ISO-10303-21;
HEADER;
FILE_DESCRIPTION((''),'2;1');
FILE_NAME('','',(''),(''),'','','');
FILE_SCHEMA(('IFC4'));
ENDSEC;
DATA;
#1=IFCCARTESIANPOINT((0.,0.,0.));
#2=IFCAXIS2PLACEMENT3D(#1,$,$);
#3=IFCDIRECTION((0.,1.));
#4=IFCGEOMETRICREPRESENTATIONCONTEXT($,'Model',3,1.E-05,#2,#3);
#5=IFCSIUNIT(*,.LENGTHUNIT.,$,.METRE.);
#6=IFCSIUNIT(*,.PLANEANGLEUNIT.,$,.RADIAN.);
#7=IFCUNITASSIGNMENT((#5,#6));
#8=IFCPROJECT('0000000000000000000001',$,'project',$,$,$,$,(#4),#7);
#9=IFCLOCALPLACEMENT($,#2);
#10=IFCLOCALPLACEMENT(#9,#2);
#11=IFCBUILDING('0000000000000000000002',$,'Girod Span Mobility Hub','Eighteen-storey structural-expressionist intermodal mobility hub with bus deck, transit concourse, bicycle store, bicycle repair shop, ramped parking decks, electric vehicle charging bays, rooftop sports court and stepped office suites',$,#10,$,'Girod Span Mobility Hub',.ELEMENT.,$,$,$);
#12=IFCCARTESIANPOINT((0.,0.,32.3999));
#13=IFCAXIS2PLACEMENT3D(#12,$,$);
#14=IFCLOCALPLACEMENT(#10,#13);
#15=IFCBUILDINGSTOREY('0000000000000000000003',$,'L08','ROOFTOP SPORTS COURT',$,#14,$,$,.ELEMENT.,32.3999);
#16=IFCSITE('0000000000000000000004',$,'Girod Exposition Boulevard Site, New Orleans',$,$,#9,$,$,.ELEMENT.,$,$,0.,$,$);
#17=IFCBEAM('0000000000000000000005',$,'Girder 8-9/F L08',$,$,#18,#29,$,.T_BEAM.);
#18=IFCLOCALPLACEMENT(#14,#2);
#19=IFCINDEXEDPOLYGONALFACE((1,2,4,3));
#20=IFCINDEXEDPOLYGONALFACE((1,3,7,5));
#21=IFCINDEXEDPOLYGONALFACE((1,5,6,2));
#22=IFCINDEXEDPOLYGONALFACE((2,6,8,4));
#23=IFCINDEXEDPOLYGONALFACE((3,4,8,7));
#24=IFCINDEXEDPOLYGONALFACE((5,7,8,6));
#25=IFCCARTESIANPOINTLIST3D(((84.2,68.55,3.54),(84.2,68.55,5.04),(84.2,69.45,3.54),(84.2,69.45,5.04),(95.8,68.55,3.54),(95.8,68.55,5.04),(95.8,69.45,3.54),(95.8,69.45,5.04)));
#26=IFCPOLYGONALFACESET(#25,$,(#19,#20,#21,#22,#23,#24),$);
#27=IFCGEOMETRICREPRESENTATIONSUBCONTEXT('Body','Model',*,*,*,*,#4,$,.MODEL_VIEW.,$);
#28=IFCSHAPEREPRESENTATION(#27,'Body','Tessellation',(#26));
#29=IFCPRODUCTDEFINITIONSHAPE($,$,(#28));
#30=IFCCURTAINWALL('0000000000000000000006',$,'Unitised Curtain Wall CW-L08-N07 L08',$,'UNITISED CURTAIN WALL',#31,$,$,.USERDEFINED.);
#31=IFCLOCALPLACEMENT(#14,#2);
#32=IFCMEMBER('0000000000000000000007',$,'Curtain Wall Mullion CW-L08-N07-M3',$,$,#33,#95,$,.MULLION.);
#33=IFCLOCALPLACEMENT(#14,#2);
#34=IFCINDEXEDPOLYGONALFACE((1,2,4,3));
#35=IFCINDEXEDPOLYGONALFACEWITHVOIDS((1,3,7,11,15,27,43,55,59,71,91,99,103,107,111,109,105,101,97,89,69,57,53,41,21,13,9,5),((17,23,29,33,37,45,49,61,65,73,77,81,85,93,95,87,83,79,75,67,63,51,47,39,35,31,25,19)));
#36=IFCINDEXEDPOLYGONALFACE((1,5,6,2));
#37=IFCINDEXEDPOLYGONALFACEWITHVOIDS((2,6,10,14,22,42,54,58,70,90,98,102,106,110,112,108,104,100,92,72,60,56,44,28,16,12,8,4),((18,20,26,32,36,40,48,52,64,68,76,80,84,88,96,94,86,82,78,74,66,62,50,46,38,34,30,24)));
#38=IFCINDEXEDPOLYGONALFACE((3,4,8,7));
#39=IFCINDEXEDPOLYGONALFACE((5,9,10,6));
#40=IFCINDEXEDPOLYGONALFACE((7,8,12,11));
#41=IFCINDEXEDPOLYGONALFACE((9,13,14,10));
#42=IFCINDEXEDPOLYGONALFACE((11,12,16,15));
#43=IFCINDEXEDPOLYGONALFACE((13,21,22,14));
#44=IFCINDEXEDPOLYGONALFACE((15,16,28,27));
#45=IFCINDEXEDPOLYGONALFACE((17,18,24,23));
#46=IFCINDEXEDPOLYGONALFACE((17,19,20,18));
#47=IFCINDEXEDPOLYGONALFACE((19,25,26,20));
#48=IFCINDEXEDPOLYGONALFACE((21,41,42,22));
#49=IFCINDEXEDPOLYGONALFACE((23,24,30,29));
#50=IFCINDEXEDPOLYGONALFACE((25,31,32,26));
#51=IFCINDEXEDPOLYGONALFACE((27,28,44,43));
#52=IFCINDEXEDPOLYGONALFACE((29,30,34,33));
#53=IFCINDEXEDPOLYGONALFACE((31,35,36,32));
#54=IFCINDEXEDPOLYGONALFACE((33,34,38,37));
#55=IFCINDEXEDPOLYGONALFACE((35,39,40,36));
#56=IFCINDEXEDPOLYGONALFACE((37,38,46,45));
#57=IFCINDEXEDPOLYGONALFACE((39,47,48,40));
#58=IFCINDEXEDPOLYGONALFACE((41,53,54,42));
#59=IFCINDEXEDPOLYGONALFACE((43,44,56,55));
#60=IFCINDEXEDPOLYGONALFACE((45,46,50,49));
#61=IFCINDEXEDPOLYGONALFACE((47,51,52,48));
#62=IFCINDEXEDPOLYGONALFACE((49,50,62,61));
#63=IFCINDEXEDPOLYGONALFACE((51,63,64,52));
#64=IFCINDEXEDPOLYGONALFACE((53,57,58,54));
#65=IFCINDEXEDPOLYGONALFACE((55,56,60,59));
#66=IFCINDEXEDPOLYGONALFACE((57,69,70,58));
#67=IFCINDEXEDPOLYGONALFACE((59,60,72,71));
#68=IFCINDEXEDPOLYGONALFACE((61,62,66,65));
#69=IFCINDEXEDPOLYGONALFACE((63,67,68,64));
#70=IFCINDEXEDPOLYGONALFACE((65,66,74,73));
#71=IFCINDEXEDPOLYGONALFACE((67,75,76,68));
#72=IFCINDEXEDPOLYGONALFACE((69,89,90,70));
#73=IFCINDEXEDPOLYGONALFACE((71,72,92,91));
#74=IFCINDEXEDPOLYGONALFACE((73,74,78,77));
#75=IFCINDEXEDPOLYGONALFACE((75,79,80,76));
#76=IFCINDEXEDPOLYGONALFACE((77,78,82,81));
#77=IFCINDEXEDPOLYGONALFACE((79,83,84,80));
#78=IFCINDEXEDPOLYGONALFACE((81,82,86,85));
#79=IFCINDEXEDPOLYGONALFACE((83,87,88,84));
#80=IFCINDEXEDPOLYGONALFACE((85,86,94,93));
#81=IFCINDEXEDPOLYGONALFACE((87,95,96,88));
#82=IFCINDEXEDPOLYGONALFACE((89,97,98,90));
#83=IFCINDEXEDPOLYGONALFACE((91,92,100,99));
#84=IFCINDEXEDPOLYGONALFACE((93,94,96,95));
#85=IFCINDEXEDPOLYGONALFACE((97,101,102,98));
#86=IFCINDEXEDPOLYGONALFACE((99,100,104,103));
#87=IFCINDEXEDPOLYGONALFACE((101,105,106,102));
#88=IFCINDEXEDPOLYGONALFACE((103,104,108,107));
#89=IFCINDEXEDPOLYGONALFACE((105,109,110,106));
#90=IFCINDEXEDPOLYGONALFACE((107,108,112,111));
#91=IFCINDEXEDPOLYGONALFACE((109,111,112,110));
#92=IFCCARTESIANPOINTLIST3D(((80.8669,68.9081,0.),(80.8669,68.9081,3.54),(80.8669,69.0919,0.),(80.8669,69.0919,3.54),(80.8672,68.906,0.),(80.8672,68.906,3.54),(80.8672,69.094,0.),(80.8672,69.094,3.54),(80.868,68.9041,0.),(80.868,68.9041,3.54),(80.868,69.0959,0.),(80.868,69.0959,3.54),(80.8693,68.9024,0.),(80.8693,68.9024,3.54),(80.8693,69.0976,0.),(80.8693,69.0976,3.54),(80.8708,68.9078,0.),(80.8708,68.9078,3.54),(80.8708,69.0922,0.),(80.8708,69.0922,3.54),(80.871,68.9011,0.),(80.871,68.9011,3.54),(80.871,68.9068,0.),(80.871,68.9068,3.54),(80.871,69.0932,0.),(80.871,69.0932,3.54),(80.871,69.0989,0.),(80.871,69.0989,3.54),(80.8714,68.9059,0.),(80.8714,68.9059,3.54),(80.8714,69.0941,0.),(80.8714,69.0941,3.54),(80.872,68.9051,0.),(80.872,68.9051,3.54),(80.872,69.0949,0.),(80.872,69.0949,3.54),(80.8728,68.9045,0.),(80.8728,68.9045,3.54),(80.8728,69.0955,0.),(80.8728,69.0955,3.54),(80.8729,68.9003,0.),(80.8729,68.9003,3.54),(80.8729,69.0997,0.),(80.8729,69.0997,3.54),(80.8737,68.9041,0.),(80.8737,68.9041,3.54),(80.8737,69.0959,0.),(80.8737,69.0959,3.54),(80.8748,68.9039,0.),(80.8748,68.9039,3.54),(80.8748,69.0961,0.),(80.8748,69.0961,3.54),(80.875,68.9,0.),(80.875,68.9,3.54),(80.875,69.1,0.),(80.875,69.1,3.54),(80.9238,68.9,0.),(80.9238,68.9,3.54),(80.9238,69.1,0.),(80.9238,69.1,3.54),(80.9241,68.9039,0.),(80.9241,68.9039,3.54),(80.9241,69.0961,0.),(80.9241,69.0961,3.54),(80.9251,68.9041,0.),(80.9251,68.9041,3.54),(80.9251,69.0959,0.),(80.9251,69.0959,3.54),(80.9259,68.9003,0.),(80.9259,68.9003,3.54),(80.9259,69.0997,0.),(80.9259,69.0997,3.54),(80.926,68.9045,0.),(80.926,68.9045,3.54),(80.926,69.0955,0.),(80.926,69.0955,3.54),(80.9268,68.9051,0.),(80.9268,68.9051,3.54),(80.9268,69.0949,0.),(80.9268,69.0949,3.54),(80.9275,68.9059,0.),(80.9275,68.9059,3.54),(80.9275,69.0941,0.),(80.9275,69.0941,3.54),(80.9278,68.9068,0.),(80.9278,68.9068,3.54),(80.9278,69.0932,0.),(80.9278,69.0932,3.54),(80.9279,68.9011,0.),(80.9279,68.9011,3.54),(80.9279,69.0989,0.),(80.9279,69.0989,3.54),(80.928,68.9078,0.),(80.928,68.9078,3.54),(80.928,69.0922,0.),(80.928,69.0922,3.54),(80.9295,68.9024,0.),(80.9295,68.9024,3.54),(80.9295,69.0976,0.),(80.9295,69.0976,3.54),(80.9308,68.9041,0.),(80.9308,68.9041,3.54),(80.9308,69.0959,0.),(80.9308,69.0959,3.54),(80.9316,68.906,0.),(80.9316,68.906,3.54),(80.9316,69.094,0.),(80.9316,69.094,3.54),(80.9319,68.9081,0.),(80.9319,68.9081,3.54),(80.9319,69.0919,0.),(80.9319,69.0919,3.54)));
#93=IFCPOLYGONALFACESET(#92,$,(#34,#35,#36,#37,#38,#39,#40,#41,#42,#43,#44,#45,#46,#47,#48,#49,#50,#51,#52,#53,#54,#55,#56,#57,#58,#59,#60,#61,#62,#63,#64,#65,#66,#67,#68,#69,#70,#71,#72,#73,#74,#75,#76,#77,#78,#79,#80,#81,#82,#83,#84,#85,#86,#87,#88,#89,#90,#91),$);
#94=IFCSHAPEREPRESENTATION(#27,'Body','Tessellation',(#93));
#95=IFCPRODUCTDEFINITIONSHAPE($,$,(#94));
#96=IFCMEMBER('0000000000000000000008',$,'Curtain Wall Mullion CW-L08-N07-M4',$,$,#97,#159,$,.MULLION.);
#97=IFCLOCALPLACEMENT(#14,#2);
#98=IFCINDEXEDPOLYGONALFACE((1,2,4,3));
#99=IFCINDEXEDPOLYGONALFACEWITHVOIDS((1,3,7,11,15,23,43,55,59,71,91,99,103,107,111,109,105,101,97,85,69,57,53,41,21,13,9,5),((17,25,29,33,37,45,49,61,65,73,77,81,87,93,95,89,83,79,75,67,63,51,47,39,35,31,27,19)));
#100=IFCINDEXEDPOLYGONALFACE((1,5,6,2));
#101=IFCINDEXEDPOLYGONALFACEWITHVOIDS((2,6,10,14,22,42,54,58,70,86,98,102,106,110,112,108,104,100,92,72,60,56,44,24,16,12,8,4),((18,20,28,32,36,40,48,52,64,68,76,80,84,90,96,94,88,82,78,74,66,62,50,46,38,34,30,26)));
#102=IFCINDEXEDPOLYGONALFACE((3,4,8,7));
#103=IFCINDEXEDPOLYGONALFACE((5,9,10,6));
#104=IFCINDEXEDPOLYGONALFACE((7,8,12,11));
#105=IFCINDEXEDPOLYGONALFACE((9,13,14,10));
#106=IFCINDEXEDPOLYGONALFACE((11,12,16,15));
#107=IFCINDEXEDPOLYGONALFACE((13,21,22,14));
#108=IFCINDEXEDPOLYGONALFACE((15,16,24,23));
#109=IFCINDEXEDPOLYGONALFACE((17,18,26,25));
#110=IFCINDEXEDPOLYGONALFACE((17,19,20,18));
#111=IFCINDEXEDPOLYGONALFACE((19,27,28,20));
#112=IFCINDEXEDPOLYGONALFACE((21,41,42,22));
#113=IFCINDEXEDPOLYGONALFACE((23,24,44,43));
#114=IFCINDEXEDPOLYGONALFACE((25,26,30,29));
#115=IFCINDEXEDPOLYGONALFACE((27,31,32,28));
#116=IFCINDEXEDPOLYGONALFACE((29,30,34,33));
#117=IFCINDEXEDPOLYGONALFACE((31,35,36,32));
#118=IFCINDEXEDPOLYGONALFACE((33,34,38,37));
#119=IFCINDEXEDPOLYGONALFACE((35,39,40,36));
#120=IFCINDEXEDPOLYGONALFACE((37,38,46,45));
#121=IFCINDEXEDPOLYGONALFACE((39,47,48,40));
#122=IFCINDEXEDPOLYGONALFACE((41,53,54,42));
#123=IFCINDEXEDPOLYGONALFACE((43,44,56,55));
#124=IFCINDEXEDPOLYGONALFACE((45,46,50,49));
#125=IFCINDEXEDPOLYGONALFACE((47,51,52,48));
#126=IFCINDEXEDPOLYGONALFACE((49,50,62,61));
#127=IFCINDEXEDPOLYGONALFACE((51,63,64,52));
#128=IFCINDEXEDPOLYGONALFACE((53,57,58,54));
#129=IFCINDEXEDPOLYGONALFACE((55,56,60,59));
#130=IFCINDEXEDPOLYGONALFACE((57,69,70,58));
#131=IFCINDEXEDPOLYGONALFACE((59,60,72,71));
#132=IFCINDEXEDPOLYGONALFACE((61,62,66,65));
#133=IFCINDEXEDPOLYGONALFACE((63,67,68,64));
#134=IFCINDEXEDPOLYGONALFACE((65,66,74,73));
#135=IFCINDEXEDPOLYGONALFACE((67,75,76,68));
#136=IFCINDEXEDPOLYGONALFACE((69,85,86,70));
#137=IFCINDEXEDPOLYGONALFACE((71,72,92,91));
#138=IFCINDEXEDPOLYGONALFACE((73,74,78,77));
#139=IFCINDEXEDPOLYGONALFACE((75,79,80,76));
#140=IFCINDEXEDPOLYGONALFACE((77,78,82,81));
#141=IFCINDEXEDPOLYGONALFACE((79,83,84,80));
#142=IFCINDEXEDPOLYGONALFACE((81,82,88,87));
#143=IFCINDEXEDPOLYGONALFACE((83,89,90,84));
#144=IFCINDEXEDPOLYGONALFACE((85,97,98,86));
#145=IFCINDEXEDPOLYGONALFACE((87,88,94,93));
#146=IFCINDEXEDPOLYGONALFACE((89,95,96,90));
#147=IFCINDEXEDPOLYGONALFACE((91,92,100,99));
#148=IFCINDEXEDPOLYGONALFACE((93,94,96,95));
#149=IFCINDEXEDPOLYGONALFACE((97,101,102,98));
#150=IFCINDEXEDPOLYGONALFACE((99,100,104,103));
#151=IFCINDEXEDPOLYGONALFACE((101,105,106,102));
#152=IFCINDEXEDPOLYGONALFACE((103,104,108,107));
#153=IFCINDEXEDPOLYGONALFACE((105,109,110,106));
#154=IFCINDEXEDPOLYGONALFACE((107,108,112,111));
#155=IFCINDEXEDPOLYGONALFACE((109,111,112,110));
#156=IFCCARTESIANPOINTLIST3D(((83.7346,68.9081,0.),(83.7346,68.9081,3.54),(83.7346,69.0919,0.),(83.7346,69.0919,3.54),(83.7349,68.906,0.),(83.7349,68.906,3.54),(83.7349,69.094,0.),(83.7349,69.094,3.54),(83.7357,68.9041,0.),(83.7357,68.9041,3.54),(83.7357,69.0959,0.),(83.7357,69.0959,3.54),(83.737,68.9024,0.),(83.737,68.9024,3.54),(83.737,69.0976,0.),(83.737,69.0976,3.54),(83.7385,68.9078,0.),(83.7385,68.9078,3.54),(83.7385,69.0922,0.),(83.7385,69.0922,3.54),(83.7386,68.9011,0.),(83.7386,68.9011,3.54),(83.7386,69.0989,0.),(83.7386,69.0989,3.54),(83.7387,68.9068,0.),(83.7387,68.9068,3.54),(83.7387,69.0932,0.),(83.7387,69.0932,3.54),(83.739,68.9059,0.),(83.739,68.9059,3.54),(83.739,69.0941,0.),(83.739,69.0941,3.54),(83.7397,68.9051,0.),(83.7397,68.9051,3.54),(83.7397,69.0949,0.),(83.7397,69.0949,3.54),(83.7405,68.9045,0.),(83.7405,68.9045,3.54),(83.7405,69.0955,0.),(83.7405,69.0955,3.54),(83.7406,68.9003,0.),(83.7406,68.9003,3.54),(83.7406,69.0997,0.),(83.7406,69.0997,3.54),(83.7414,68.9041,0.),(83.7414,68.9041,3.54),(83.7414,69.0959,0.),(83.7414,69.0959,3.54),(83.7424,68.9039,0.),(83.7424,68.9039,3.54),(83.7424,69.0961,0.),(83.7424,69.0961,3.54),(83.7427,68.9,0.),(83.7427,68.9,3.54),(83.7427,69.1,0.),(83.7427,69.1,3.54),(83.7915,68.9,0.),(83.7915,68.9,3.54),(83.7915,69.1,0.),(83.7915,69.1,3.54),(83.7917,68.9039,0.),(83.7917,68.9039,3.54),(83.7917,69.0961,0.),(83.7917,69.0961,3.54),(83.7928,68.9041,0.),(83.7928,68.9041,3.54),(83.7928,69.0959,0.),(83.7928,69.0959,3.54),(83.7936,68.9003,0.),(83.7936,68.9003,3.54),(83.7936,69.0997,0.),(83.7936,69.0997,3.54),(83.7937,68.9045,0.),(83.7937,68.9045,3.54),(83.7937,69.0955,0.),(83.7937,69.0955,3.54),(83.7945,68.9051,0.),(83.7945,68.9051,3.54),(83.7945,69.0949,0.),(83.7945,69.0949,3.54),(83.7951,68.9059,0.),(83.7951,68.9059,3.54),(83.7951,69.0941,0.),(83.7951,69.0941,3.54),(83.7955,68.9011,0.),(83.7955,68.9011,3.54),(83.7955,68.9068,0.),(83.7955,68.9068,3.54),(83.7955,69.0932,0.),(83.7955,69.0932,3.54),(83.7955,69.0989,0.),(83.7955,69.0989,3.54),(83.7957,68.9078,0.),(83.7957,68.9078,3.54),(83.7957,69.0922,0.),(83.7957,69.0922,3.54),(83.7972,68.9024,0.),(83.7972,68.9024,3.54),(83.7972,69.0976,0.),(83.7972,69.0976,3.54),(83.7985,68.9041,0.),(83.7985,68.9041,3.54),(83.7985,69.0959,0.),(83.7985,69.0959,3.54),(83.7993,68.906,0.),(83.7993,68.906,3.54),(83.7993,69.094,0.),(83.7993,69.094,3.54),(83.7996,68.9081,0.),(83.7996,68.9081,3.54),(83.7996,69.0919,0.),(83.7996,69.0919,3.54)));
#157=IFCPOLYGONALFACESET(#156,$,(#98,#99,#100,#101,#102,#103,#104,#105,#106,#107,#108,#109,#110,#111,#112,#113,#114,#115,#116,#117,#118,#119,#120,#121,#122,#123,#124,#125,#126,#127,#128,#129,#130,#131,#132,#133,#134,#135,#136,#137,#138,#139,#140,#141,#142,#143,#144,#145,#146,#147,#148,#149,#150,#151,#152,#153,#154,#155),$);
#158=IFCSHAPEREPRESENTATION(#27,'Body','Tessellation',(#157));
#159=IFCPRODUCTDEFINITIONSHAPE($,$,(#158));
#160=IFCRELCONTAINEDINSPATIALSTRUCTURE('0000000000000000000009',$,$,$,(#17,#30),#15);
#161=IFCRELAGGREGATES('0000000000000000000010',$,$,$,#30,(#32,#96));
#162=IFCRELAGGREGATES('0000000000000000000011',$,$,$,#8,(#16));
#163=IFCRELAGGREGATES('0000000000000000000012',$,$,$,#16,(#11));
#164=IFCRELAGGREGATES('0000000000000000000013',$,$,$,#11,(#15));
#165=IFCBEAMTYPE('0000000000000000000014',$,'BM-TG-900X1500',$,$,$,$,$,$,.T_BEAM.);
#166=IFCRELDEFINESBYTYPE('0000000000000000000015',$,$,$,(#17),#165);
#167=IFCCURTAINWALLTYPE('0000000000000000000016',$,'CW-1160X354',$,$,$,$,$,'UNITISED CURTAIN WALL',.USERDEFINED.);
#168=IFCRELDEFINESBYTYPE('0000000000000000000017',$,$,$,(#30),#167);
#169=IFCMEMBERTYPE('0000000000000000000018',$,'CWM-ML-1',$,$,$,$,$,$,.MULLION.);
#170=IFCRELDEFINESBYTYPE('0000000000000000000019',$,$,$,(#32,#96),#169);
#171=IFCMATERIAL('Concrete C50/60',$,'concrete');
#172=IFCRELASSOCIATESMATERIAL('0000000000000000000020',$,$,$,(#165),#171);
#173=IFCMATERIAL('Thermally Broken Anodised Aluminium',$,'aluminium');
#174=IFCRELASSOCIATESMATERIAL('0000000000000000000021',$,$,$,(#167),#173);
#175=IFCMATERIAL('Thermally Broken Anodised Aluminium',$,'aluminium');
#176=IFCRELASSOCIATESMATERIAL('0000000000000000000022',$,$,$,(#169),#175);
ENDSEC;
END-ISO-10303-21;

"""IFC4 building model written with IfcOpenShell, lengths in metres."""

from ifc_helpers import new_model, si_unit, direction, frame, origin, origin_2d, place, context, subcontext, project, spatial, rectangle, hollow_rectangle, extrude, material, material_profile, profile_set, type_object, element, aggregate, save


model = new_model("IFC4")

# Units and contexts
model_context = context("Model", 3, precision=1e-05, world=origin(), true_north=direction((0.0, 1.0)))
body_context = subcontext(model_context, "Body", "Model", "MODEL_VIEW")
ifc_project = project(units=[si_unit("LENGTHUNIT", "METRE"), si_unit("PLANEANGLEUNIT", "RADIAN")], contexts=[model_context])

# Site, building, storey
site_placement = place(None, origin())
site = spatial("IfcSite", under=ifc_project, at=site_placement, Name="Girod Exposition Boulevard Site, New Orleans", CompositionType="ELEMENT", RefElevation=0.0)
building_placement = place(site_placement, origin())
building = spatial("IfcBuilding", under=site, at=building_placement, Name="Girod Span Mobility Hub", Description="Eighteen-storey structural-expressionist intermodal mobility hub with bus deck, transit concourse, bicycle store, bicycle repair shop, ramped parking decks, electric vehicle charging bays, rooftop sports court and stepped office suites", LongName="Girod Span Mobility Hub", CompositionType="ELEMENT")
storey_placement = place(building_placement, frame((0.0, 0.0, 32.3999)))
storey = spatial("IfcBuildingStorey", under=building, at=storey_placement, Name="L08", Description="ROOFTOP SPORTS COURT", CompositionType="ELEMENT", Elevation=32.3999)

# Beam
ifc_material_1 = material(Name="Concrete C50/60", Category="concrete")
ifc_material_profile_1 = material_profile(ifc_material_1, rectangle(XDim=0.8999, YDim=1.5, at=origin_2d()), Name="TG-900X1500")
ifc_profile_set_1 = profile_set([ifc_material_profile_1], Name="Concrete C50/60")
beam_type_1 = type_object("IfcBeamType", Name="BM-TG-900X1500", PredefinedType="T_BEAM", material=ifc_profile_set_1)
beam_1_placement = place(storey_placement, frame((84.2, 69.0, 4.29), z_axis=(1.0, 0.0, 0.0), x_axis=(0.0, 1.0, 0.0)))
element("IfcBeam", 1, at=beam_1_placement, inside=storey, type_object=beam_type_1, Name="Girder 8-9/F L08", PredefinedType="T_BEAM", context=body_context, shape_type="SweptSolid", body=[
    extrude(rectangle(XDim=0.8999, YDim=1.5, at=origin_2d()), origin(), (0.0, 0.0, 1.0), 11.6001),
])

# Curtain wall, members
ifc_material_2 = material(Name="Thermally Broken Anodised Aluminium", Category="aluminium")
curtain_wall_type = type_object("IfcCurtainWallType", Name="CW-1160X354", ElementType="UNITISED CURTAIN WALL", PredefinedType="USERDEFINED", material=ifc_material_2)
curtain_wall_1_placement = place(storey_placement, origin())
curtain_wall_1 = element("IfcCurtainWall", 2, at=curtain_wall_1_placement, inside=storey, type_object=curtain_wall_type, Name="Unitised Curtain Wall CW-L08-N07 L08", ObjectType="UNITISED CURTAIN WALL", PredefinedType="USERDEFINED")
ifc_material_3 = material(Name="Thermally Broken Anodised Aluminium", Category="aluminium")
ifc_material_profile_2 = material_profile(ifc_material_3, hollow_rectangle(XDim=0.2, YDim=0.0649, WallThickness=0.0039, InnerFilletRadius=0.0039, OuterFilletRadius=0.0081, at=origin_2d()), Name="CW-ML-65X200")
ifc_profile_set_2 = profile_set([ifc_material_profile_2], Name="Thermally Broken Anodised Aluminium")
member_type_1 = type_object("IfcMemberType", Name="CWM-ML-1", PredefinedType="MULLION", material=ifc_profile_set_2)
member_1_placement = place(storey_placement, frame((80.8994, 69.0, 0.0), z_axis=(0.0, 0.0, 1.0), x_axis=(0.0, 1.0, 0.0)))
member_1 = element("IfcMember", 3, at=member_1_placement, type_object=member_type_1, Name="Curtain Wall Mullion CW-L08-N07-M3", PredefinedType="MULLION", context=body_context, shape_type="SweptSolid", body=[
    extrude(hollow_rectangle(XDim=0.2, YDim=0.0649, WallThickness=0.0039, InnerFilletRadius=0.0039, OuterFilletRadius=0.0081, at=origin_2d()), origin(), (0.0, 0.0, 1.0), 3.54),
])
member_2_placement = place(storey_placement, frame((83.7671, 69.0, 0.0), z_axis=(0.0, 0.0, 1.0), x_axis=(0.0, 1.0, 0.0)))
member_2 = element("IfcMember", 4, at=member_2_placement, type_object=member_type_1, Name="Curtain Wall Mullion CW-L08-N07-M4", PredefinedType="MULLION", context=body_context, shape_type="SweptSolid", body=[
    extrude(hollow_rectangle(XDim=0.2, YDim=0.0649, WallThickness=0.0039, InnerFilletRadius=0.0039, OuterFilletRadius=0.0081, at=origin_2d()), origin(), (0.0, 0.0, 1.0), 3.54),
])

aggregate(curtain_wall_1, [member_1, member_2])

save(model, "model.ifc")
